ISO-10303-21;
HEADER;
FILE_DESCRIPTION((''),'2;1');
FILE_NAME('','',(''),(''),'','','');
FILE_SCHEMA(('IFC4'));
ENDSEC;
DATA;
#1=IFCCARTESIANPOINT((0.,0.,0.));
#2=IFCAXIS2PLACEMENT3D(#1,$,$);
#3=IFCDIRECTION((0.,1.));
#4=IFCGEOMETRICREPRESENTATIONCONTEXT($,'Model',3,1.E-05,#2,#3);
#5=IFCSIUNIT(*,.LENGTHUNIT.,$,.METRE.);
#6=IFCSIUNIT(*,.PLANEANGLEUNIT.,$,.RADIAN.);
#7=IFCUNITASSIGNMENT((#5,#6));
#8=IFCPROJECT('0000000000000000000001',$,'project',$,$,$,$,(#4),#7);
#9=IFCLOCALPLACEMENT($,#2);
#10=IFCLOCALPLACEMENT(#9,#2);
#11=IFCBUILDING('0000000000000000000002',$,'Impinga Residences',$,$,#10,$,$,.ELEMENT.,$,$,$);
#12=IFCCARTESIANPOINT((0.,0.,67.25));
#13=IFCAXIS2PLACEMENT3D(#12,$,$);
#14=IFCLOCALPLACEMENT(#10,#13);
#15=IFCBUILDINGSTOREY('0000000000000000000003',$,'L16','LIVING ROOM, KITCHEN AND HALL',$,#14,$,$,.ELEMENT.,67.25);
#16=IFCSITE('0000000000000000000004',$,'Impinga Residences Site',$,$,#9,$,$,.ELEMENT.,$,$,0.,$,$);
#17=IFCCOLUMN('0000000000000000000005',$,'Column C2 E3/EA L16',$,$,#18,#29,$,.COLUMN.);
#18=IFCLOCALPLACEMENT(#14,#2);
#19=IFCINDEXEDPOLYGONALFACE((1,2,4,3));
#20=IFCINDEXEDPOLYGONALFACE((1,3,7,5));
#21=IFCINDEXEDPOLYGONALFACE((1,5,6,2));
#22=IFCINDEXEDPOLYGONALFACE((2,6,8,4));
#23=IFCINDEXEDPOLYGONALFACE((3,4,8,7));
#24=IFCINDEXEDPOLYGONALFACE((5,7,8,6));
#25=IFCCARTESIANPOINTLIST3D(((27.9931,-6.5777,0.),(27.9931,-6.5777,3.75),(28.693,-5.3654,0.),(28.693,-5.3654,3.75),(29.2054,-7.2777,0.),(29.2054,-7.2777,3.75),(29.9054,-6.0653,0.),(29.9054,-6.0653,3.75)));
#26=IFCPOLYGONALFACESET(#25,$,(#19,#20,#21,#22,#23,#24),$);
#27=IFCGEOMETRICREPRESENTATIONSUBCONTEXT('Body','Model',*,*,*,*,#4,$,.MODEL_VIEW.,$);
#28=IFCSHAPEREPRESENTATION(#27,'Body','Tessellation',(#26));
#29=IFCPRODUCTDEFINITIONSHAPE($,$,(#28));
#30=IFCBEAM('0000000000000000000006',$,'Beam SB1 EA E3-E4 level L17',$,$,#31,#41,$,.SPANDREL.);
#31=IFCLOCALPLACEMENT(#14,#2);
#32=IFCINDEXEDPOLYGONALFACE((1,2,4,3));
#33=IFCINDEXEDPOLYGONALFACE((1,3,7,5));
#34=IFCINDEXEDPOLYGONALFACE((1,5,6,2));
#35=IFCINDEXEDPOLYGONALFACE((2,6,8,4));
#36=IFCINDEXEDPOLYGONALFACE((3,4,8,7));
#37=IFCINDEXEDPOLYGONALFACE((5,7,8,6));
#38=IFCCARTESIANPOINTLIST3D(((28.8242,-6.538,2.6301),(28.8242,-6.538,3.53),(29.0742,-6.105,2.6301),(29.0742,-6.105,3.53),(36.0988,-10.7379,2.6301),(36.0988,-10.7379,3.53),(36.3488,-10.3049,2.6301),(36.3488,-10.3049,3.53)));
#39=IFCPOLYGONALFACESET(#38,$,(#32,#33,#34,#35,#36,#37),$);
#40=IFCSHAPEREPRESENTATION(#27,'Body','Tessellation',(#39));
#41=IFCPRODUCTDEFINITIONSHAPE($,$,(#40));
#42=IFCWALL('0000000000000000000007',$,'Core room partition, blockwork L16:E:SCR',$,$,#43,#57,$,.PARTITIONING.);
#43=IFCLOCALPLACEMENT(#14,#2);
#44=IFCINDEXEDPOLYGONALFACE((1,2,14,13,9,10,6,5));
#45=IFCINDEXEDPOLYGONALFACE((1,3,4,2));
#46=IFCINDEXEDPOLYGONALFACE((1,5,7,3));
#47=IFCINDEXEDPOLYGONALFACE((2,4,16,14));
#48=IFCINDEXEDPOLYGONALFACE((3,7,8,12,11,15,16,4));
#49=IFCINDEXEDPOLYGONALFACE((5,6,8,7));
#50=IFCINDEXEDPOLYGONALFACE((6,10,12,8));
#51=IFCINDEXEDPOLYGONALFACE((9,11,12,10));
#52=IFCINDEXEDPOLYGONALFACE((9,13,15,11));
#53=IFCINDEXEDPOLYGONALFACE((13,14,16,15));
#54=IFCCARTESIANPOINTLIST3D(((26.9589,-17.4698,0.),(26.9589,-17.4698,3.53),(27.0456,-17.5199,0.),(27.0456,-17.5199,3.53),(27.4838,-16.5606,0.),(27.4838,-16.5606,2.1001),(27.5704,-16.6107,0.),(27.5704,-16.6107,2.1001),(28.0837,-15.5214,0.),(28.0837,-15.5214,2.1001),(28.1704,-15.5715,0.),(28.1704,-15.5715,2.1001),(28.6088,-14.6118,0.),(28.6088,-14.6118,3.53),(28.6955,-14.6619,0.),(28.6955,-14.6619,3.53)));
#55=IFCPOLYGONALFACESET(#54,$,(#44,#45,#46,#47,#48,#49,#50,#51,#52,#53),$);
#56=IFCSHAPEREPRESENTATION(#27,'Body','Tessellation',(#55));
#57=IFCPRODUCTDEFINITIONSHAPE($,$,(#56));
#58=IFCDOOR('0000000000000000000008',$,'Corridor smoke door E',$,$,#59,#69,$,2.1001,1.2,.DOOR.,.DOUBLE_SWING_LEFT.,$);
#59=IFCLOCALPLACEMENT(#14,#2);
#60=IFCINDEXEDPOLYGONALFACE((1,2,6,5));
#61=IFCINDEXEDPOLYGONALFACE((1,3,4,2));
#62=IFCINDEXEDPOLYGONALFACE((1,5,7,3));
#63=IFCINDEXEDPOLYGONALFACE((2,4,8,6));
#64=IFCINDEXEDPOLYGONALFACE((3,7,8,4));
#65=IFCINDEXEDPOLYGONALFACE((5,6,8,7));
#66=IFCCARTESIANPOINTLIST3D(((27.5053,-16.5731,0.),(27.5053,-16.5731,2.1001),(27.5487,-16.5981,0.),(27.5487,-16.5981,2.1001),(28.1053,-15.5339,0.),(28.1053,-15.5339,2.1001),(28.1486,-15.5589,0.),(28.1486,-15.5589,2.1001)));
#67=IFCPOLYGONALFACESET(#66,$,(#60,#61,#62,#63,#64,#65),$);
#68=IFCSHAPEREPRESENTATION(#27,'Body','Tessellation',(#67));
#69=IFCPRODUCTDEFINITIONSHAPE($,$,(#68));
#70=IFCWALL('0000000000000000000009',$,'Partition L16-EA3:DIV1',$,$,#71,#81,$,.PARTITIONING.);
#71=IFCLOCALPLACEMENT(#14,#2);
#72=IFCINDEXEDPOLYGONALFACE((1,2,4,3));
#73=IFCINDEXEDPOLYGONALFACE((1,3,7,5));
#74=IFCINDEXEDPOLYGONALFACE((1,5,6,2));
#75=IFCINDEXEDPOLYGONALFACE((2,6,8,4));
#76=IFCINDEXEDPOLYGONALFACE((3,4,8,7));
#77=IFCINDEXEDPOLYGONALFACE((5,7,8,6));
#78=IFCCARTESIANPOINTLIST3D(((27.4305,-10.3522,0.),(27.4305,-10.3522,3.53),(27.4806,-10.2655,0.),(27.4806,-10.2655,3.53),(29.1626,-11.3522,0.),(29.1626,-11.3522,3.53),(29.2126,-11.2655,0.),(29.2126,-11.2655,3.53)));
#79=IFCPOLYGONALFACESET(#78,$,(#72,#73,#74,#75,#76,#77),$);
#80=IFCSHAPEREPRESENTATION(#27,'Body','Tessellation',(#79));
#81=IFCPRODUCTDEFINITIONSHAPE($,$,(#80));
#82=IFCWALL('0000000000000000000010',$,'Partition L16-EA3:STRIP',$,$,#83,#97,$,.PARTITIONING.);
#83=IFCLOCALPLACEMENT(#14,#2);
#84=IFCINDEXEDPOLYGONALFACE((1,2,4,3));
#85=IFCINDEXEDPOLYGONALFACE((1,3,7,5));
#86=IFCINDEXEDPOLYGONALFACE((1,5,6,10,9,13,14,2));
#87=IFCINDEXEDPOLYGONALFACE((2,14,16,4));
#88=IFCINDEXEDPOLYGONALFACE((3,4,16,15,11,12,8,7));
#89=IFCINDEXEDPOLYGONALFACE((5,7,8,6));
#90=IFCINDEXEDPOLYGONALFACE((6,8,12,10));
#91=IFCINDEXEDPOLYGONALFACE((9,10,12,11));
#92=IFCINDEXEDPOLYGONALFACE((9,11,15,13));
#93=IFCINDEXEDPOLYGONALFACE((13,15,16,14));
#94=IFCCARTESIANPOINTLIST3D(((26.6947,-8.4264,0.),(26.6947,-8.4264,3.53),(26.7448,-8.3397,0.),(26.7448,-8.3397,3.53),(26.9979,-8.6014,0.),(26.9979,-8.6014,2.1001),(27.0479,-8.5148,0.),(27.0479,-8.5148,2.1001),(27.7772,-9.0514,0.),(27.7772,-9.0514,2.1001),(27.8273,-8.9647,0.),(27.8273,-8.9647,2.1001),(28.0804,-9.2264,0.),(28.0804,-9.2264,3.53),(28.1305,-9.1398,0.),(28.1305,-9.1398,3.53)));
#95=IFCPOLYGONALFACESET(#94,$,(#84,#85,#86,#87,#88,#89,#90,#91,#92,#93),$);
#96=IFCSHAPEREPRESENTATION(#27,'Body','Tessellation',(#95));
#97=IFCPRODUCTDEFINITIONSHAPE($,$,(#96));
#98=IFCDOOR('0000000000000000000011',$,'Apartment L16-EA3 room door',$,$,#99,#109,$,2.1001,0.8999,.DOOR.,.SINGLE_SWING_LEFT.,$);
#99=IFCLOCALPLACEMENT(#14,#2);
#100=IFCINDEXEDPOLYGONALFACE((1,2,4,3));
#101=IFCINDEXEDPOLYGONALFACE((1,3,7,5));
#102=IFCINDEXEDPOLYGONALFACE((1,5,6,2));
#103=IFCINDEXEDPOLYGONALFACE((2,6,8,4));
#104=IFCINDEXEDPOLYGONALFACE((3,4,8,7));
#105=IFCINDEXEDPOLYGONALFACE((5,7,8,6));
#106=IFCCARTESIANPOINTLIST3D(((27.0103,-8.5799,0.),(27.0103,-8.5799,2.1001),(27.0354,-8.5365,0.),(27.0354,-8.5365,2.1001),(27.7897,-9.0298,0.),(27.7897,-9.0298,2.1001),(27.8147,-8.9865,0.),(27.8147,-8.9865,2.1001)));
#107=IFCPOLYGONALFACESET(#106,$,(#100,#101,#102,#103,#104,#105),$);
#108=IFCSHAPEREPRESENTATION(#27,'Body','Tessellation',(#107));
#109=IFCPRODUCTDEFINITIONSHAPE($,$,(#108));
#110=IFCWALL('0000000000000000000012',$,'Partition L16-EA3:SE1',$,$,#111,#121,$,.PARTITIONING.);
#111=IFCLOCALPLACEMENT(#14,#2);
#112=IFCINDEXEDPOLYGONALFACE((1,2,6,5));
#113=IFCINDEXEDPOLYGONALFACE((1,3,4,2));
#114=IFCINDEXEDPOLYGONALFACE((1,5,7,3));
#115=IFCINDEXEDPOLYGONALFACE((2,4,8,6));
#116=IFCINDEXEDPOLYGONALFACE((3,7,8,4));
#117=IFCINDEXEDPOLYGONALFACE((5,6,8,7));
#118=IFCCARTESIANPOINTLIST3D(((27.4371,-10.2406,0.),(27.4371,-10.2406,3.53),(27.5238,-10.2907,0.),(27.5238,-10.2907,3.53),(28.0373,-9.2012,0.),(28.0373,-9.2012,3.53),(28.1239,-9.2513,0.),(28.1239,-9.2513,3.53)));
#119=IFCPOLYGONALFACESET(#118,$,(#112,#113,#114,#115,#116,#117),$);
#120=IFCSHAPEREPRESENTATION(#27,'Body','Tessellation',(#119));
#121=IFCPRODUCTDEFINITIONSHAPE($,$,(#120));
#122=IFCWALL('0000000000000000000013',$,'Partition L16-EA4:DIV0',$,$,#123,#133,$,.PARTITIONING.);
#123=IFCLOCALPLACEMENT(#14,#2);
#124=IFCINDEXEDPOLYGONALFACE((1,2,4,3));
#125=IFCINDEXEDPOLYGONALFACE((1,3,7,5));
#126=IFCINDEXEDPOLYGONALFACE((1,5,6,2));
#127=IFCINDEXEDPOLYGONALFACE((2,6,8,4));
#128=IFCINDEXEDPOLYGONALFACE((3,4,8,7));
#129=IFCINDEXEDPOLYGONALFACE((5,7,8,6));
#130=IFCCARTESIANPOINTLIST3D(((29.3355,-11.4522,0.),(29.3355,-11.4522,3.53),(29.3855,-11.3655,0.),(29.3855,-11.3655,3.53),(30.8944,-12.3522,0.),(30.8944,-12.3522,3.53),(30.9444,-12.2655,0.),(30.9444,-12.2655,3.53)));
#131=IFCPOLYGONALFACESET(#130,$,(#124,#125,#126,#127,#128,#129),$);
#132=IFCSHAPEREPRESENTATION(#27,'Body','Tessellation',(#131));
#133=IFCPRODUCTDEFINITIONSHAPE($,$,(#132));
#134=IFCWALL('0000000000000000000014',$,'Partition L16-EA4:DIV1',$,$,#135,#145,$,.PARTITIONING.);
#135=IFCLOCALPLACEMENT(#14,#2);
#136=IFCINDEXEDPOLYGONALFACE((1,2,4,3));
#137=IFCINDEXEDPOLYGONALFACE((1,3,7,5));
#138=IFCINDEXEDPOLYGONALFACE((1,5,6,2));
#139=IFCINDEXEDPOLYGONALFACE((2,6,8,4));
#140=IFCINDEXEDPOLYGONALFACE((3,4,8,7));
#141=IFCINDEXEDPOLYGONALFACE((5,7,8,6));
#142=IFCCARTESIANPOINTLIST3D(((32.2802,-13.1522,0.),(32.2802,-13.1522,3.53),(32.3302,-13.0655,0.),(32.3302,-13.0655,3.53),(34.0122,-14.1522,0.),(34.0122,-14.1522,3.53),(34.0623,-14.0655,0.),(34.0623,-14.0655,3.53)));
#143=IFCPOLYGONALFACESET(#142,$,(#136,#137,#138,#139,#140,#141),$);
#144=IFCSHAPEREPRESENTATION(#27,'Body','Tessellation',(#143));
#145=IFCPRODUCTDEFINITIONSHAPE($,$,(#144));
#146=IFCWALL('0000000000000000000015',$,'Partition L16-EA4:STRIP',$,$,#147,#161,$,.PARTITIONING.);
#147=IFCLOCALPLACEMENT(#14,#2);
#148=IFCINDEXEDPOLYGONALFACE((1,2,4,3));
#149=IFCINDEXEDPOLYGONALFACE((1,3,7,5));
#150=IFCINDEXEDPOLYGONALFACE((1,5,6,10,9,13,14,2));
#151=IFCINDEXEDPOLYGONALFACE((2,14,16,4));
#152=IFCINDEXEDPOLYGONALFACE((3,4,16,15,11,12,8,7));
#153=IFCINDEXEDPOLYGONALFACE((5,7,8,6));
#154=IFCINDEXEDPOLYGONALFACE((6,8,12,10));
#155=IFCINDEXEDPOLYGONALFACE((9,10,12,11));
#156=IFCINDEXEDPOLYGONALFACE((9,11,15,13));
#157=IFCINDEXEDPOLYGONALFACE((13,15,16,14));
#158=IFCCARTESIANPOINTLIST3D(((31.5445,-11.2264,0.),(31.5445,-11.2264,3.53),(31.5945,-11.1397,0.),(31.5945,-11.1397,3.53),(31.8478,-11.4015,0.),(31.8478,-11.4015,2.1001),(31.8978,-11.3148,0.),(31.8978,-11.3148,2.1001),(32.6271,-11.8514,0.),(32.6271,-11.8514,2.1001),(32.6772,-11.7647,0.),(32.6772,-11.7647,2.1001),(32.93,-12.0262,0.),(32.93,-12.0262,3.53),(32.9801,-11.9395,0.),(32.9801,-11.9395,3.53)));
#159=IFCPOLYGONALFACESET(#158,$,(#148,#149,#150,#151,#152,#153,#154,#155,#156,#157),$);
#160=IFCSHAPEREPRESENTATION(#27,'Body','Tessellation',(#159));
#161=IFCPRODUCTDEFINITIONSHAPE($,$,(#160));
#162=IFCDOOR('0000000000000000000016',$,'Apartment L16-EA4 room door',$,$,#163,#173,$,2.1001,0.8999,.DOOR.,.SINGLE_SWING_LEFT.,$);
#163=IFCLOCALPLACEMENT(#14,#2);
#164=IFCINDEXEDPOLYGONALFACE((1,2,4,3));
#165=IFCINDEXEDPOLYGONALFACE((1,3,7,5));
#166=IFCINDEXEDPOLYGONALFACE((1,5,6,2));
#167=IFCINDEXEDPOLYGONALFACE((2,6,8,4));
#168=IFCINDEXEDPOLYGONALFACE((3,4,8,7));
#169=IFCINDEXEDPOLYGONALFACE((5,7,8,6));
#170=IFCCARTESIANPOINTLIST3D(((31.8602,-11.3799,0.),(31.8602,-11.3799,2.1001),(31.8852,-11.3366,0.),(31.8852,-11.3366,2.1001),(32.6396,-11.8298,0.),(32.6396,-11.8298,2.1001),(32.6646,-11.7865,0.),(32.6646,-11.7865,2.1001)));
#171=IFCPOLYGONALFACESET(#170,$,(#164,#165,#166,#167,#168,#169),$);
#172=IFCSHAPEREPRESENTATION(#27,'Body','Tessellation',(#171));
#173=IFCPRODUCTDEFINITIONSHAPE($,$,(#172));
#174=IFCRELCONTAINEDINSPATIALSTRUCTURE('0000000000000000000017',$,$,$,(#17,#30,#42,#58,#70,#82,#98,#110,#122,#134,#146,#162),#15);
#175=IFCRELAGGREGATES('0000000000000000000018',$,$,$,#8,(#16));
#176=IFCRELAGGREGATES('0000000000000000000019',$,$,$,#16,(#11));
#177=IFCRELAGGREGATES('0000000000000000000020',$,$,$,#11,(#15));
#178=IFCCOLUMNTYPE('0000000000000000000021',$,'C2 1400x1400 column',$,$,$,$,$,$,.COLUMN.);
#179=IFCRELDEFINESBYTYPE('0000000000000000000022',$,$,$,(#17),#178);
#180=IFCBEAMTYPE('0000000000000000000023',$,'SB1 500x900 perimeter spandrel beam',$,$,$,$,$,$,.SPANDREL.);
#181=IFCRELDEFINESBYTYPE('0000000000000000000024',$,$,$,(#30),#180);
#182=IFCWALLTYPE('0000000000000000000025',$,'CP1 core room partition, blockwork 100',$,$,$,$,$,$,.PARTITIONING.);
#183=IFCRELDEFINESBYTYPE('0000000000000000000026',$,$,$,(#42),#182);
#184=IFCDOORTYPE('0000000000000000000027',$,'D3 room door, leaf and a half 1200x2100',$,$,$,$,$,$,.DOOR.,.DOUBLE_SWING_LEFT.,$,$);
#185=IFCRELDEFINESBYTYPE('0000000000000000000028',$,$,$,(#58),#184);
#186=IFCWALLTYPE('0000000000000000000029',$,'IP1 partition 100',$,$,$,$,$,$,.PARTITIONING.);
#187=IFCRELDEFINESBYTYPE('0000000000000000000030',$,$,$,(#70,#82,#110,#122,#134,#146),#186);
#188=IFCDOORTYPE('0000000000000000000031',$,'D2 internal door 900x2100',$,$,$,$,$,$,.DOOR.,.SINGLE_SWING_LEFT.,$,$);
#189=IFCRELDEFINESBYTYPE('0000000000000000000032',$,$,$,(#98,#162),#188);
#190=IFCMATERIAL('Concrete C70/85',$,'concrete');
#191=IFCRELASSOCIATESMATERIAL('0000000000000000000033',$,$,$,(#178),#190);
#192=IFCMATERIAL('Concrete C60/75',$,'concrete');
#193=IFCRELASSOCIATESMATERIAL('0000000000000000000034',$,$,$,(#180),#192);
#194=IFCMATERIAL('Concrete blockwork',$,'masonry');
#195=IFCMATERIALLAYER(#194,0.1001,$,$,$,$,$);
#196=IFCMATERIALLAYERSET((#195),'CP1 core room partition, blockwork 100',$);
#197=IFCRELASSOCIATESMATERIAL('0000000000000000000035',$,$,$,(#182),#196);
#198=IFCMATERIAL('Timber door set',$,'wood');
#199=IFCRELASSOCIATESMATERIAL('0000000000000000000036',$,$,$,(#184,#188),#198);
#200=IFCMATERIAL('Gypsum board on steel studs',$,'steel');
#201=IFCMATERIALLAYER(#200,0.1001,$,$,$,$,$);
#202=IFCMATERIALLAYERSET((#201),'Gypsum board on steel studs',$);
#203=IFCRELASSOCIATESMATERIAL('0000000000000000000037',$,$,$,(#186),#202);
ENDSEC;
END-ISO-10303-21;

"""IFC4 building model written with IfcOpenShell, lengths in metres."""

from ifc_helpers import new_model, si_unit, direction, frame, frame_2d, origin, origin_2d, place, context, subcontext, project, spatial, rectangle, extrude, material, layer, layer_set, material_profile, profile_set, type_object, element, fill, save


model = new_model("IFC4")

# Units and contexts
model_context = context("Model", 3, precision=1e-05, world=origin(), true_north=direction((0.0, 1.0)))
body_context = subcontext(model_context, "Body", "Model", "MODEL_VIEW")
ifc_project = project(units=[si_unit("LENGTHUNIT", "METRE"), si_unit("PLANEANGLEUNIT", "RADIAN")], contexts=[model_context])

# Site, building, storey
site_placement = place(None, origin())
site = spatial("IfcSite", under=ifc_project, at=site_placement, Name="Impinga Residences Site", CompositionType="ELEMENT", RefElevation=0.0)
building_placement = place(site_placement, origin())
building = spatial("IfcBuilding", under=site, at=building_placement, Name="Impinga Residences", CompositionType="ELEMENT")
storey_placement = place(building_placement, frame((0.0, 0.0, 67.25)))
storey = spatial("IfcBuildingStorey", under=building, at=storey_placement, Name="L16", Description="LIVING ROOM, KITCHEN AND HALL", CompositionType="ELEMENT", Elevation=67.25)

# Column
ifc_material_1 = material(Name="Concrete C70/85", Category="concrete")
ifc_material_profile_1 = material_profile(ifc_material_1, rectangle(XDim=1.3999, YDim=1.3999, at=origin_2d()), Name="RC 1400x1400")
ifc_profile_set_1 = profile_set([ifc_material_profile_1], Name="Concrete C70/85")
column_type = type_object("IfcColumnType", Name="C2 1400x1400 column", PredefinedType="COLUMN", material=ifc_profile_set_1)
column_placement = place(storey_placement, frame((28.9492, -6.3215, 0.0), z_axis=(0.0, 0.0, 1.0), x_axis=(-0.5, -0.866025, 0.0)))
element("IfcColumn", 1, at=column_placement, inside=storey, type_object=column_type, Name="Column C2 E3/EA L16", PredefinedType="COLUMN", context=body_context, shape_type="SweptSolid", body=[
    extrude(rectangle(XDim=1.3999, YDim=1.3999, at=origin_2d()), origin(), (0.0, 0.0, 1.0), 3.75),
])

# Beam
ifc_material_2 = material(Name="Concrete C60/75", Category="concrete")
ifc_material_profile_2 = material_profile(ifc_material_2, rectangle(XDim=0.5, YDim=0.8999, at=origin_2d()), Name="RC 500x900")
ifc_profile_set_2 = profile_set([ifc_material_profile_2], Name="Concrete C60/75")
beam_type = type_object("IfcBeamType", Name="SB1 500x900 perimeter spandrel beam", PredefinedType="SPANDREL", material=ifc_profile_set_2)
beam_placement = place(storey_placement, frame((28.9492, -6.3215, 3.0801), z_axis=(0.866029, -0.499993, 0.0), x_axis=(0.499993, 0.866029, 0.0)))
element("IfcBeam", 2, at=beam_placement, inside=storey, type_object=beam_type, Name="Beam SB1 EA E3-E4 level L17", PredefinedType="SPANDREL", context=body_context, shape_type="SweptSolid", body=[
    extrude(rectangle(XDim=0.5, YDim=0.8999, at=origin_2d()), origin(), (0.0, 0.0, 1.0), 8.3999),
])

# Wall, opening, door
ifc_material_3 = material(Name="Concrete blockwork", Category="masonry")
ifc_layer_1 = layer(ifc_material_3, 0.1001)
ifc_layer_set_1 = layer_set([ifc_layer_1], Name="CP1 core room partition, blockwork 100")
wall_type_1 = type_object("IfcWallType", Name="CP1 core room partition, blockwork 100", PredefinedType="PARTITIONING", material=ifc_layer_set_1)
wall_1_placement = place(storey_placement, frame((28.6521, -14.637, 0.0), z_axis=(0.0, 0.0, 1.0), x_axis=(-0.499974, -0.86604, 0.0)))
wall_1 = element("IfcWall", 3, at=wall_1_placement, inside=storey, type_object=wall_type_1, Name="Core room partition, blockwork L16:E:SCR", PredefinedType="PARTITIONING", context=body_context, shape_type="SweptSolid", body=[
    extrude(rectangle(XDim=3.3, YDim=0.1001, at=frame_2d((1.6499, 0.0))), origin(), (0.0, 0.0, 1.0), 3.53),
])
opening_1_placement = place(wall_1_placement, frame((1.05, 0.0, 0.0)))
opening_1 = element("IfcOpeningElement", 4, at=opening_1_placement, cuts=wall_1, PredefinedType="OPENING", context=body_context, shape_type="SweptSolid", body=[
    extrude(rectangle(XDim=1.2, YDim=2.1001, at=frame_2d((0.6001, 1.05))), frame((0.0, 0.0601, 0.0), z_axis=(0.0, -1.0, 0.0), x_axis=(1.0, 0.0, 0.0)), (0.0, 0.0, 1.0), 0.1201),
])
ifc_material_4 = material(Name="Timber door set", Category="wood")
door_type_1 = type_object("IfcDoorType", Name="D3 room door, leaf and a half 1200x2100", OperationType="DOUBLE_SWING_LEFT", PredefinedType="DOOR", material=ifc_material_4)
door_1_placement = place(opening_1_placement, origin())
door_1 = element("IfcDoor", 5, at=door_1_placement, inside=storey, type_object=door_type_1, Name="Corridor smoke door E", OperationType="DOUBLE_SWING_LEFT", OverallHeight=2.1001, OverallWidth=1.2, PredefinedType="DOOR", context=body_context, shape_type="SweptSolid", body=[
    extrude(rectangle(XDim=1.2, YDim=2.1001, at=frame_2d((0.6001, 1.05))), frame((0.0, 0.0249, 0.0), z_axis=(0.0, -1.0, 0.0), x_axis=(1.0, 0.0, 0.0)), (0.0, 0.0, 1.0), 0.05),
])
fill(opening_1, door_1)

# Wall
ifc_material_5 = material(Name="Gypsum board on steel studs", Category="steel")
ifc_layer_2 = layer(ifc_material_5, 0.1001)
ifc_layer_set_2 = layer_set([ifc_layer_2], Name="Gypsum board on steel studs")
wall_type_2 = type_object("IfcWallType", Name="IP1 partition 100", PredefinedType="PARTITIONING", material=ifc_layer_set_2)
wall_2_placement = place(storey_placement, frame((27.4556, -10.3088, 0.0), z_axis=(0.0, 0.0, 1.0), x_axis=(0.866011, -0.500025, 0.0)))
element("IfcWall", 6, at=wall_2_placement, inside=storey, type_object=wall_type_2, Name="Partition L16-EA3:DIV1", PredefinedType="PARTITIONING", context=body_context, shape_type="SweptSolid", body=[
    extrude(rectangle(XDim=2.0, YDim=0.1001, at=frame_2d((1.0, 0.0))), origin(), (0.0, 0.0, 1.0), 3.53),
])

# Wall, opening, door
wall_3_placement = place(storey_placement, frame((26.7197, -8.3831, 0.0), z_axis=(0.0, 0.0, 1.0), x_axis=(0.866028, -0.499995, 0.0)))
wall_3 = element("IfcWall", 7, at=wall_3_placement, inside=storey, type_object=wall_type_2, Name="Partition L16-EA3:STRIP", PredefinedType="PARTITIONING", context=body_context, shape_type="SweptSolid", body=[
    extrude(rectangle(XDim=1.6001, YDim=0.1001, at=frame_2d((0.8, 0.0))), origin(), (0.0, 0.0, 1.0), 3.53),
])
opening_2_placement = place(wall_3_placement, frame((0.3501, 0.0, 0.0)))
opening_2 = element("IfcOpeningElement", 8, at=opening_2_placement, cuts=wall_3, PredefinedType="OPENING", context=body_context, shape_type="SweptSolid", body=[
    extrude(rectangle(XDim=0.8999, YDim=2.1001, at=frame_2d((0.45, 1.05))), frame((0.0, 0.0601, 0.0), z_axis=(0.0, -1.0, 0.0), x_axis=(1.0, 0.0, 0.0)), (0.0, 0.0, 1.0), 0.1201),
])
door_type_2 = type_object("IfcDoorType", Name="D2 internal door 900x2100", OperationType="SINGLE_SWING_LEFT", PredefinedType="DOOR", material=ifc_material_4)
door_2_placement = place(opening_2_placement, origin())
door_2 = element("IfcDoor", 9, at=door_2_placement, inside=storey, type_object=door_type_2, Name="Apartment L16-EA3 room door", OperationType="SINGLE_SWING_LEFT", OverallHeight=2.1001, OverallWidth=0.8999, PredefinedType="DOOR", context=body_context, shape_type="SweptSolid", body=[
    extrude(rectangle(XDim=0.8999, YDim=2.1001, at=frame_2d((0.45, 1.05))), frame((0.0, 0.0249, 0.0), z_axis=(0.0, -1.0, 0.0), x_axis=(1.0, 0.0, 0.0)), (0.0, 0.0, 1.0), 0.05),
])
fill(opening_2, door_2)

# Walls
wall_4_placement = place(storey_placement, frame((27.4805, -10.2656, 0.0), z_axis=(0.0, 0.0, 1.0), x_axis=(0.500034, 0.866006, 0.0)))
element("IfcWall", 10, at=wall_4_placement, inside=storey, type_object=wall_type_2, Name="Partition L16-EA3:SE1", PredefinedType="PARTITIONING", context=body_context, shape_type="SweptSolid", body=[
    extrude(rectangle(XDim=1.2002, YDim=0.1001, at=frame_2d((0.6001, 0.0))), origin(), (0.0, 0.0, 1.0), 3.53),
])
wall_5_placement = place(storey_placement, frame((29.3606, -11.4089, 0.0), z_axis=(0.0, 0.0, 1.0), x_axis=(0.866048, -0.499961, 0.0)))
element("IfcWall", 11, at=wall_5_placement, inside=storey, type_object=wall_type_2, Name="Partition L16-EA4:DIV0", PredefinedType="PARTITIONING", context=body_context, shape_type="SweptSolid", body=[
    extrude(rectangle(XDim=1.8, YDim=0.1001, at=frame_2d((0.8999, 0.0))), origin(), (0.0, 0.0, 1.0), 3.53),
])
wall_6_placement = place(storey_placement, frame((32.3052, -13.1089, 0.0), z_axis=(0.0, 0.0, 1.0), x_axis=(0.866041, -0.499973, 0.0)))
element("IfcWall", 12, at=wall_6_placement, inside=storey, type_object=wall_type_2, Name="Partition L16-EA4:DIV1", PredefinedType="PARTITIONING", context=body_context, shape_type="SweptSolid", body=[
    extrude(rectangle(XDim=2.0, YDim=0.1001, at=frame_2d((1.0, 0.0))), origin(), (0.0, 0.0, 1.0), 3.53),
])

# Wall, opening, door
wall_7_placement = place(storey_placement, frame((31.5696, -11.1831, 0.0), z_axis=(0.0, 0.0, 1.0), x_axis=(0.866056, -0.499947, 0.0)))
wall_7 = element("IfcWall", 13, at=wall_7_placement, inside=storey, type_object=wall_type_2, Name="Partition L16-EA4:STRIP", PredefinedType="PARTITIONING", context=body_context, shape_type="SweptSolid", body=[
    extrude(rectangle(XDim=1.5999, YDim=0.1001, at=frame_2d((0.7998, 0.0))), origin(), (0.0, 0.0, 1.0), 3.53),
])
opening_3_placement = place(wall_7_placement, frame((0.3501, 0.0, 0.0)))
opening_3 = element("IfcOpeningElement", 14, at=opening_3_placement, cuts=wall_7, PredefinedType="OPENING", context=body_context, shape_type="SweptSolid", body=[
    extrude(rectangle(XDim=0.8999, YDim=2.1001, at=frame_2d((0.45, 1.05))), frame((0.0, 0.0601, 0.0), z_axis=(0.0, -1.0, 0.0), x_axis=(1.0, 0.0, 0.0)), (0.0, 0.0, 1.0), 0.1201),
])
door_3_placement = place(opening_3_placement, origin())
door_3 = element("IfcDoor", 15, at=door_3_placement, inside=storey, type_object=door_type_2, Name="Apartment L16-EA4 room door", OperationType="SINGLE_SWING_LEFT", OverallHeight=2.1001, OverallWidth=0.8999, PredefinedType="DOOR", context=body_context, shape_type="SweptSolid", body=[
    extrude(rectangle(XDim=0.8999, YDim=2.1001, at=frame_2d((0.45, 1.05))), frame((0.0, 0.0249, 0.0), z_axis=(0.0, -1.0, 0.0), x_axis=(1.0, 0.0, 0.0)), (0.0, 0.0, 1.0), 0.05),
])
fill(opening_3, door_3)

save(model, "model.ifc")
